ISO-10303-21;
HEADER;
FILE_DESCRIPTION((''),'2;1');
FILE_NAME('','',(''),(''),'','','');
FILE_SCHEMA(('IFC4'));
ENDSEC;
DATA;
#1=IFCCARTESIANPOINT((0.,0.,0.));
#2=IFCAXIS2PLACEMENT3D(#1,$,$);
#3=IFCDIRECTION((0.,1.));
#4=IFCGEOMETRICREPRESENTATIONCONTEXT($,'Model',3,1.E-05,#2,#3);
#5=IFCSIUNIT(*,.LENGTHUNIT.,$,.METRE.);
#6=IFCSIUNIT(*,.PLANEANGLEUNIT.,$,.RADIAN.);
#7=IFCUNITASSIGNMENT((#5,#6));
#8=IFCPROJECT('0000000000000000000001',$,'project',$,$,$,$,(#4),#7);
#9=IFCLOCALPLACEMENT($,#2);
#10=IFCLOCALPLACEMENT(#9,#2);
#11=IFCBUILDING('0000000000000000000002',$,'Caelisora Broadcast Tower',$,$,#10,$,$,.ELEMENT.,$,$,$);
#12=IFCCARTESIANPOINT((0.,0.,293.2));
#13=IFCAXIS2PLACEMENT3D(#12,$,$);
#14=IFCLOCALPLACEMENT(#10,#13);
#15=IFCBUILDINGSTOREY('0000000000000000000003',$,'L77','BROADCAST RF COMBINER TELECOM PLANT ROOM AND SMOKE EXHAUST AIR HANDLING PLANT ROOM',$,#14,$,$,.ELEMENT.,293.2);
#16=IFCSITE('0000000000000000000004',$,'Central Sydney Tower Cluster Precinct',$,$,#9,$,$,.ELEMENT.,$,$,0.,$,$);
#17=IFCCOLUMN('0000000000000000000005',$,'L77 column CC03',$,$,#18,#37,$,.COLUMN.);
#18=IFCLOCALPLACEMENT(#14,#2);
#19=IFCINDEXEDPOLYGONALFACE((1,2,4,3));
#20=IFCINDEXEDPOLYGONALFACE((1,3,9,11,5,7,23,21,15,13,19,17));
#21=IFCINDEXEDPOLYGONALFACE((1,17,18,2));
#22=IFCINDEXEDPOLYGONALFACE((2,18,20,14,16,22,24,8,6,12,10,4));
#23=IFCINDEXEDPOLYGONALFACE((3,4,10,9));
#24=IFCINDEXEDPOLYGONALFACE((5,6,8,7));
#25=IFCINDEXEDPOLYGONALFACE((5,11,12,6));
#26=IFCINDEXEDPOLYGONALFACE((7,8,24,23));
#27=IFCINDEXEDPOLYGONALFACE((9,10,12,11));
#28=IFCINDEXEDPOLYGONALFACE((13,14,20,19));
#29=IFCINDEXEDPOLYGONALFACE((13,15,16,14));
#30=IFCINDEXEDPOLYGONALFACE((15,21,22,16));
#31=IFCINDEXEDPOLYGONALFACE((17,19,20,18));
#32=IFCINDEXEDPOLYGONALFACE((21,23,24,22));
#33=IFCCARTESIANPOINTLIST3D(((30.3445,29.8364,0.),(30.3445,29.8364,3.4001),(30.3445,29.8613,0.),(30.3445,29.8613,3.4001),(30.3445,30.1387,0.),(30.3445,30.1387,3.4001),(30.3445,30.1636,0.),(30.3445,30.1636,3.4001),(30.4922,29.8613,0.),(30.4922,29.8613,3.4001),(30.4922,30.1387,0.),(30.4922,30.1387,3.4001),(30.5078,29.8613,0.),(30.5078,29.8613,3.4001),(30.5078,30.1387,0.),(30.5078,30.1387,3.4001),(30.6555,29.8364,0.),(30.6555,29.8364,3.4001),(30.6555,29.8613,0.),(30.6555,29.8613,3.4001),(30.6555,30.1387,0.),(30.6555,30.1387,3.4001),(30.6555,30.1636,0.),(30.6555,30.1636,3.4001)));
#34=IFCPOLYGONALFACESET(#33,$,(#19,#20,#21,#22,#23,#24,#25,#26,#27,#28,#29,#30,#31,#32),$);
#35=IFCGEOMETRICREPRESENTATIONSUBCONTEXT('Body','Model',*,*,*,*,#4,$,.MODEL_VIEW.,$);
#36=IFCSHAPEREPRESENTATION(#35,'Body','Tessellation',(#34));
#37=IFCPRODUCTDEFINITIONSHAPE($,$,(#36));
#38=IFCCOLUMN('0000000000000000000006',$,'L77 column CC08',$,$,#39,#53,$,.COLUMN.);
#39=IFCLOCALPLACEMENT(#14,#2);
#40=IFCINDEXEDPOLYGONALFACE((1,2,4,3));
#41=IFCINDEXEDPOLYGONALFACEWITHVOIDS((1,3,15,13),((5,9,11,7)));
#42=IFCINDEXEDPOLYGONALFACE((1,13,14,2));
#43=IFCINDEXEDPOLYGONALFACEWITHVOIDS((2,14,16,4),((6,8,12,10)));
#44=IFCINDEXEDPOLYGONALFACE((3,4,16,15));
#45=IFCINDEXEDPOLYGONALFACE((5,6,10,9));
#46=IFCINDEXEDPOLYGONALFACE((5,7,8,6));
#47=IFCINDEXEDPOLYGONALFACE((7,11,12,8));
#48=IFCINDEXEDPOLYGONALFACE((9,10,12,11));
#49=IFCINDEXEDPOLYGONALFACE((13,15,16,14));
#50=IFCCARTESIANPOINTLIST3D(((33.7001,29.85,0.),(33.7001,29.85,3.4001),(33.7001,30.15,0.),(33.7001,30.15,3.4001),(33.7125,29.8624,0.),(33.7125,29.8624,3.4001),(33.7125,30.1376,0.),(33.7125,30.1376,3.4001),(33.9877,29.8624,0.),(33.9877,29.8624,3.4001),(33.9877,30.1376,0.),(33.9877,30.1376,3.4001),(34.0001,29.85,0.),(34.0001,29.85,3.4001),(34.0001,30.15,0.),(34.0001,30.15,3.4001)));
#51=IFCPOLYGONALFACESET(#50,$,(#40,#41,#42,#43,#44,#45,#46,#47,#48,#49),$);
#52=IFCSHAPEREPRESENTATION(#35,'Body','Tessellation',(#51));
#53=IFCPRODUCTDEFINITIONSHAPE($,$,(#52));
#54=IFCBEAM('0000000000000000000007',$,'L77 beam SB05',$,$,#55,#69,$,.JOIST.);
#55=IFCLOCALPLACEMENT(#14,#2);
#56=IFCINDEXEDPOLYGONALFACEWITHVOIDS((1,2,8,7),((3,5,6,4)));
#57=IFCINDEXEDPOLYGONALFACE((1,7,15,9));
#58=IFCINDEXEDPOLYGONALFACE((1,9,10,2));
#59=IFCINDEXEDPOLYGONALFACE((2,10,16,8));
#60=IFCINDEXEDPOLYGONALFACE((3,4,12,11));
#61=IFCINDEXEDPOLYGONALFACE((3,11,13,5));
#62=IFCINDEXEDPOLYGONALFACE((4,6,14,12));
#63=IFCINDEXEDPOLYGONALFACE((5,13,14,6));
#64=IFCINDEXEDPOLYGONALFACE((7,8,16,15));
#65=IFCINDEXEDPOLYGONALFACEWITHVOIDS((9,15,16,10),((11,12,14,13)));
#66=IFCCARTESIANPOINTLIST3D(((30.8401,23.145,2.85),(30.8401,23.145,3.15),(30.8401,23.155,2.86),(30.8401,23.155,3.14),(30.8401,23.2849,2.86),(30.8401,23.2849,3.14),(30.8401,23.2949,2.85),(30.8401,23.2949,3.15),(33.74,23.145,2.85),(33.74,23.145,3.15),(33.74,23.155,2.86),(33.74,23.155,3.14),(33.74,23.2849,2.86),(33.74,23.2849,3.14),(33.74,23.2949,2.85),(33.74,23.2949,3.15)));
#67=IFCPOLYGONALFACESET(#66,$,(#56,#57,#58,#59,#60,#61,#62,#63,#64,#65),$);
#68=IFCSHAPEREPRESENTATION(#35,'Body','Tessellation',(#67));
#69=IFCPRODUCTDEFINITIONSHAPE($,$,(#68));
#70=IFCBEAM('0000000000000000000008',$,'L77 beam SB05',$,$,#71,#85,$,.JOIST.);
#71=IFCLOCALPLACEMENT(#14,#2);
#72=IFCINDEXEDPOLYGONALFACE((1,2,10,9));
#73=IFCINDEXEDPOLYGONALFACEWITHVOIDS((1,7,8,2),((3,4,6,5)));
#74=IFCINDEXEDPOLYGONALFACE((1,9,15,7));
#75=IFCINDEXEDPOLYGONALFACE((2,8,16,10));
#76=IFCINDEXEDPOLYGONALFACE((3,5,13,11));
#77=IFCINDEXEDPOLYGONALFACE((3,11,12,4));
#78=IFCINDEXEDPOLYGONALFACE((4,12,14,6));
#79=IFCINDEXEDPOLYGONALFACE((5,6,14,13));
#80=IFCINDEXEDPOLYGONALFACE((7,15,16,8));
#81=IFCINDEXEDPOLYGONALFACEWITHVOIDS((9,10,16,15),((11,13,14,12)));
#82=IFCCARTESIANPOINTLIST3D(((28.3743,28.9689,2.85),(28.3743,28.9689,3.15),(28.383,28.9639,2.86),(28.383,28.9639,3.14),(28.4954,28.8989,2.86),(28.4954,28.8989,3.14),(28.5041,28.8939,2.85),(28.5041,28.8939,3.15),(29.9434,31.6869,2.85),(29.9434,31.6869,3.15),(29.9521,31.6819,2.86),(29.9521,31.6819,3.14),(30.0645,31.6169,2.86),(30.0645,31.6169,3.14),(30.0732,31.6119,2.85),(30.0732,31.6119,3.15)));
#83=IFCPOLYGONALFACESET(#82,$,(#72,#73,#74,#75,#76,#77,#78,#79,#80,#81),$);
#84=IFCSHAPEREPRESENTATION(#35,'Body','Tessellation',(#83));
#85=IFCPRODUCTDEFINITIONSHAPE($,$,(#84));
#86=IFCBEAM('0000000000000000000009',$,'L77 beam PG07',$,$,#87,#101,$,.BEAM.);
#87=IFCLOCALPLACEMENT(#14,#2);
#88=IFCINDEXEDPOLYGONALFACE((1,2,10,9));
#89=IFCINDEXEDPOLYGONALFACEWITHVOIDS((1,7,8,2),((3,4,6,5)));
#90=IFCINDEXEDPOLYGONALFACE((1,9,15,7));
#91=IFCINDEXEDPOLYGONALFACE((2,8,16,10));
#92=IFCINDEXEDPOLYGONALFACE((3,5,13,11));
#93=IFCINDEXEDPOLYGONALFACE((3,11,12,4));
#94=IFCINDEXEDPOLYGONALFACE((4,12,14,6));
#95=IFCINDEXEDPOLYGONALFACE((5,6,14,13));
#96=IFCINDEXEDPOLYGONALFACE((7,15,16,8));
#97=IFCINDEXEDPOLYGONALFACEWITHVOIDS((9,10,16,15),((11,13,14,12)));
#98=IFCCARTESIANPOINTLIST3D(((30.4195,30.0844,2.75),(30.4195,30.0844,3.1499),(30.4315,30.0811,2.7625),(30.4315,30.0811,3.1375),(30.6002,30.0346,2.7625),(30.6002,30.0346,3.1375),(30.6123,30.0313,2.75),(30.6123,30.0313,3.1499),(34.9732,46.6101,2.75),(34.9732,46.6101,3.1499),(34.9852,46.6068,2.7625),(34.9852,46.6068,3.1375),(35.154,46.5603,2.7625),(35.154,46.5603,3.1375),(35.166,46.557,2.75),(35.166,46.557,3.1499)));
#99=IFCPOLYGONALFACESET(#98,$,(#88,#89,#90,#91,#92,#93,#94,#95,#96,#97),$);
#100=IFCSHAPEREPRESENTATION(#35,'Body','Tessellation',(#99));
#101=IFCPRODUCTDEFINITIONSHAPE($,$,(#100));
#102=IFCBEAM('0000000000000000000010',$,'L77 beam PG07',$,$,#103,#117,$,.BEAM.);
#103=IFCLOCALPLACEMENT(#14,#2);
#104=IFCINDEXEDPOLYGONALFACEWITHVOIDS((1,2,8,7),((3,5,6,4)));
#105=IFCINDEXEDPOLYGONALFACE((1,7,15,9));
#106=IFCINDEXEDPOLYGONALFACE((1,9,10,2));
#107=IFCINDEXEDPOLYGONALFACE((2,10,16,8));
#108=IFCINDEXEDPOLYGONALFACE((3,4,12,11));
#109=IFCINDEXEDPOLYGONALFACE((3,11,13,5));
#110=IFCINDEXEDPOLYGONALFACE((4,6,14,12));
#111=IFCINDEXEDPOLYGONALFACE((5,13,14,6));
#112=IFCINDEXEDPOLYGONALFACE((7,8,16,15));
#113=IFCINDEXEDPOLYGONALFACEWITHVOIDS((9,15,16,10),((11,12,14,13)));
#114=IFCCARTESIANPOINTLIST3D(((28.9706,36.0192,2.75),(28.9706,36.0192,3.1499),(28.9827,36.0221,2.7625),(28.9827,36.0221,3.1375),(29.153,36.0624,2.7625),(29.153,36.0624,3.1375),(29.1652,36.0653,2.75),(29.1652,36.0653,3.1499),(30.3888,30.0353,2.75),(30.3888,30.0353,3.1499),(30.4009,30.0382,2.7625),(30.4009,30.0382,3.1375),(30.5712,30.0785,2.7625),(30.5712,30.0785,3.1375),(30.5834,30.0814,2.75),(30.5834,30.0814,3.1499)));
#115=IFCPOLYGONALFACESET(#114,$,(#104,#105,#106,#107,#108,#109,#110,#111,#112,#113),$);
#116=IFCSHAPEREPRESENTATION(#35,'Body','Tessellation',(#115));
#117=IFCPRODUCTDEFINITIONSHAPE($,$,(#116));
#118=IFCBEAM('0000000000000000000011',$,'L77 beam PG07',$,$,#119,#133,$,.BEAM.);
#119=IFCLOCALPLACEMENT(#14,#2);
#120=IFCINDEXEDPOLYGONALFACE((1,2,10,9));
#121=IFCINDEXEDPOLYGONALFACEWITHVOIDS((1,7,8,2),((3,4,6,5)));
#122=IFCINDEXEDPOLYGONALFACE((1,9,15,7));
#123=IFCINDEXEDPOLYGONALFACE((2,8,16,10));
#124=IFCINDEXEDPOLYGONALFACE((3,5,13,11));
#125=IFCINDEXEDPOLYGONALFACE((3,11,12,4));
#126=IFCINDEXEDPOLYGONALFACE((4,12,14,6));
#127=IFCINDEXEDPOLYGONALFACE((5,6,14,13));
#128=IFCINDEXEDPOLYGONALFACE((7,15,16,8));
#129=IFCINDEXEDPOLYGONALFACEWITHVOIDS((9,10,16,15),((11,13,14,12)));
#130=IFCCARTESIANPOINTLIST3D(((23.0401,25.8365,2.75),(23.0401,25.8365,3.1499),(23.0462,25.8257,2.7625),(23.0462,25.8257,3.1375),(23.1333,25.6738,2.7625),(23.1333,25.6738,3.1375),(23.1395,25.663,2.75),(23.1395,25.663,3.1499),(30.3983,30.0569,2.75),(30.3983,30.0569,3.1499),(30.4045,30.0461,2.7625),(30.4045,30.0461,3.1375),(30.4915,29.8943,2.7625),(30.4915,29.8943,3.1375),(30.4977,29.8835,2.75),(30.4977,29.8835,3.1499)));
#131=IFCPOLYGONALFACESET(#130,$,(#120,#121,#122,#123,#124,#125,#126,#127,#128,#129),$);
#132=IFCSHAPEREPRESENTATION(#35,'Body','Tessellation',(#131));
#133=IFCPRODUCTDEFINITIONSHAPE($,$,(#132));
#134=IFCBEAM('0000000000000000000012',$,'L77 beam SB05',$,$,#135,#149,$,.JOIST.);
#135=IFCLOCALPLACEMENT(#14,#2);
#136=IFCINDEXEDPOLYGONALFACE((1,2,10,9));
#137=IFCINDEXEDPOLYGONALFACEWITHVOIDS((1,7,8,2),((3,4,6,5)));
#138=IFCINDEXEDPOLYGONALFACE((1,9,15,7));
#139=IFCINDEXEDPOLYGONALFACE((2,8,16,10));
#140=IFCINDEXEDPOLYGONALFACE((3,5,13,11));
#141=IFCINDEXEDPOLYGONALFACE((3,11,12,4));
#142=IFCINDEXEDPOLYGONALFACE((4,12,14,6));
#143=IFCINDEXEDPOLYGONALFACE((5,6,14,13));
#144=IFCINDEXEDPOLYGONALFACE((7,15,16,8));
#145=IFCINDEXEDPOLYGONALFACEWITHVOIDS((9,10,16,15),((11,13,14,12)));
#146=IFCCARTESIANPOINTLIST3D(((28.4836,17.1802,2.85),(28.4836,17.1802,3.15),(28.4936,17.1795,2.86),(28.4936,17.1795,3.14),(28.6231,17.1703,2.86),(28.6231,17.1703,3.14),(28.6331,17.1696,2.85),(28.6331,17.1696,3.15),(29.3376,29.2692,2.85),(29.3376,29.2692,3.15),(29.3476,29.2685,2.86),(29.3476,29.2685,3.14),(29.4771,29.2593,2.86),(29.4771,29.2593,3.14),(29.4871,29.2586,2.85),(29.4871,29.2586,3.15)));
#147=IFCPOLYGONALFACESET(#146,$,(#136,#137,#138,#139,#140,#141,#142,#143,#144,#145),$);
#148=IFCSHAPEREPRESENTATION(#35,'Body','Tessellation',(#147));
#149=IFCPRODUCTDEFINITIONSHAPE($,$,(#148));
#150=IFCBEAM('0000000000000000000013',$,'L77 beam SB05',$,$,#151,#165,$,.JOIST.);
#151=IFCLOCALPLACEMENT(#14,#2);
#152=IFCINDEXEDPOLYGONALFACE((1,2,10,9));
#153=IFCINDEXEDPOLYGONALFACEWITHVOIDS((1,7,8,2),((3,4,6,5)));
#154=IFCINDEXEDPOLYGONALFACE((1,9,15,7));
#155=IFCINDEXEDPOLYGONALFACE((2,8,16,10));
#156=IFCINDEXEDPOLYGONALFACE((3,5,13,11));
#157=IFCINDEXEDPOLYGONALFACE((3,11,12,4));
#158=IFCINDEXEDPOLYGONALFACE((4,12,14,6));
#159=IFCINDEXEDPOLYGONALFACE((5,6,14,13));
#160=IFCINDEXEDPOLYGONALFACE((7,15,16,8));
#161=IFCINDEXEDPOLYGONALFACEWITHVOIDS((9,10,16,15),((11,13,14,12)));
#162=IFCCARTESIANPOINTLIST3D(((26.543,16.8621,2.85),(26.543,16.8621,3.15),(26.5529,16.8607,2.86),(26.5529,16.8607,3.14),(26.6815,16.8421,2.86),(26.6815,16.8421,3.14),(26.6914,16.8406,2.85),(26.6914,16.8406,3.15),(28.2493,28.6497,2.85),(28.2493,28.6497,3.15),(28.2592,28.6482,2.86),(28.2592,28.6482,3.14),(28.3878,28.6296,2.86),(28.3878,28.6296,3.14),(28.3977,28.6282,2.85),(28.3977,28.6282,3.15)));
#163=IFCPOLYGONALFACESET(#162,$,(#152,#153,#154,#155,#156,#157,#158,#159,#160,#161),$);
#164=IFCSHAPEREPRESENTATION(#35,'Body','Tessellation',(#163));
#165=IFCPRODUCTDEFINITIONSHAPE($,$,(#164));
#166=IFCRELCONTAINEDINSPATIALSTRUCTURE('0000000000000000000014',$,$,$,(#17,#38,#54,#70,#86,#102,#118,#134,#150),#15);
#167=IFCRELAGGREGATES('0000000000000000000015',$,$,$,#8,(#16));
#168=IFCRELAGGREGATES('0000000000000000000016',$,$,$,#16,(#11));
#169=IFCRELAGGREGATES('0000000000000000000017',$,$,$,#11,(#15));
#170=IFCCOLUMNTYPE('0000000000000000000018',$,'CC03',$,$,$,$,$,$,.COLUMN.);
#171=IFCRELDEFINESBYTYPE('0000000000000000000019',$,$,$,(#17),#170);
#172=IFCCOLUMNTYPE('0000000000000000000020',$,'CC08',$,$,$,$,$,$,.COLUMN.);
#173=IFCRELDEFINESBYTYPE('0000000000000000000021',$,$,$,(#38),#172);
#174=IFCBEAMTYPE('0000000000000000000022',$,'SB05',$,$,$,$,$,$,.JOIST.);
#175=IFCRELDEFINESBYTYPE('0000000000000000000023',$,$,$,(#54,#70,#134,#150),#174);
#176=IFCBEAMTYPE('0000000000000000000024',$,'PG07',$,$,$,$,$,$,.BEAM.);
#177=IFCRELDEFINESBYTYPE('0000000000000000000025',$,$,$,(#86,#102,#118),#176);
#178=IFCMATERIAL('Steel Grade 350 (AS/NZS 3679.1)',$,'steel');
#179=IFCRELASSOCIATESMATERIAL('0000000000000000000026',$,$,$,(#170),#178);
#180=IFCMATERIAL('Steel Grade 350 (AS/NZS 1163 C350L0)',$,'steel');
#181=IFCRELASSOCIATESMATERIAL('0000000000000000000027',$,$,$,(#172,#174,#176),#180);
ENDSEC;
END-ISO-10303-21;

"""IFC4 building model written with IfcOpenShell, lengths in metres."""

from ifc_helpers import new_model, si_unit, direction, frame, origin, origin_2d, place, context, subcontext, project, spatial, hollow_rectangle, i_section, extrude, source, transform, mapped, material, material_profile, profile_set, type_object, type_shapes, element, save


model = new_model("IFC4")

# Units and contexts
model_context = context("Model", 3, precision=1e-05, world=origin(), true_north=direction((0.0, 1.0)))
body_context = subcontext(model_context, "Body", "Model", "MODEL_VIEW")
ifc_project = project(units=[si_unit("LENGTHUNIT", "METRE"), si_unit("PLANEANGLEUNIT", "RADIAN")], contexts=[model_context])

# Site, building, storey
site_placement = place(None, origin())
site = spatial("IfcSite", under=ifc_project, at=site_placement, Name="Central Sydney Tower Cluster Precinct", CompositionType="ELEMENT", RefElevation=0.0)
building_placement = place(site_placement, origin())
building = spatial("IfcBuilding", under=site, at=building_placement, Name="Caelisora Broadcast Tower", CompositionType="ELEMENT")
storey_placement = place(building_placement, frame((0.0, 0.0, 293.2)))
storey = spatial("IfcBuildingStorey", under=building, at=storey_placement, Name="L77", Description="BROADCAST RF COMBINER TELECOM PLANT ROOM AND SMOKE EXHAUST AIR HANDLING PLANT ROOM", CompositionType="ELEMENT", Elevation=293.2)

# Columns
ifc_material_1 = material(Name="Steel Grade 350 (AS/NZS 3679.1)", Category="steel")
ifc_material_profile_1 = material_profile(ifc_material_1, i_section(OverallWidth=0.311, OverallDepth=0.3271, WebThickness=0.0156, FlangeThickness=0.0249, at=origin_2d()), Name="Steel Grade 350 (AS/NZS 3679.1)")
ifc_profile_set_1 = profile_set([ifc_material_profile_1], Name="Steel Grade 350 (AS/NZS 3679.1)")
column_type_1 = type_object("IfcColumnType", Name="CC03", PredefinedType="COLUMN", material=ifc_profile_set_1)
shared_shape_1 = source(origin(), body_context, "Body", "SweptSolid", [
    extrude(i_section(OverallWidth=0.311, OverallDepth=0.3271, WebThickness=0.0156, FlangeThickness=0.0249, at=origin_2d()), origin(), (0.0, 0.0, 1.0), 3.4001),
])
type_shapes(column_type_1, [shared_shape_1])
column_1_placement = place(storey_placement, frame((30.5, 30.0, 0.0), z_axis=(0.0, 0.0, 1.0), x_axis=(1.0, 0.0, 0.0)))
element("IfcColumn", 1, at=column_1_placement, inside=storey, type_object=column_type_1, Name="L77 column CC03", PredefinedType="COLUMN", context=body_context, shape_type="MappedRepresentation", body=[
    mapped(shared_shape_1, transform((0.0, 0.0, 0.0), scale=1.0)),
])
ifc_material_2 = material(Name="Steel Grade 350 (AS/NZS 1163 C350L0)", Category="steel")
ifc_material_profile_2 = material_profile(ifc_material_2, hollow_rectangle(XDim=0.3, YDim=0.3, WallThickness=0.0125, at=origin_2d()), Name="Steel Grade 350 (AS/NZS 1163 C350L0)")
ifc_profile_set_2 = profile_set([ifc_material_profile_2], Name="Steel Grade 350 (AS/NZS 1163 C350L0)")
column_type_2 = type_object("IfcColumnType", Name="CC08", PredefinedType="COLUMN", material=ifc_profile_set_2)
shared_shape_2 = source(origin(), body_context, "Body", "SweptSolid", [
    extrude(hollow_rectangle(XDim=0.3, YDim=0.3, WallThickness=0.0125, at=origin_2d()), origin(), (0.0, 0.0, 1.0), 3.4001),
])
type_shapes(column_type_2, [shared_shape_2])
column_2_placement = place(storey_placement, frame((33.8501, 30.0, 0.0), z_axis=(0.0, 0.0, 1.0), x_axis=(1.0, 0.0, 0.0)))
element("IfcColumn", 2, at=column_2_placement, inside=storey, type_object=column_type_2, Name="L77 column CC08", PredefinedType="COLUMN", context=body_context, shape_type="MappedRepresentation", body=[
    mapped(shared_shape_2, transform((0.0, 0.0, 0.0), scale=1.0)),
])

# Beams
ifc_material_profile_3 = material_profile(ifc_material_2, hollow_rectangle(XDim=0.1499, YDim=0.3, WallThickness=0.01, at=origin_2d()), Name="Steel Grade 350 (AS/NZS 1163 C350L0)")
ifc_profile_set_3 = profile_set([ifc_material_profile_3], Name="Steel Grade 350 (AS/NZS 1163 C350L0)")
beam_type_1 = type_object("IfcBeamType", Name="SB05", PredefinedType="JOIST", material=ifc_profile_set_3)
shared_shape_3 = source(origin(), body_context, "Body", "SweptSolid", [
    extrude(hollow_rectangle(XDim=0.1499, YDim=0.3, WallThickness=0.01, at=origin_2d()), origin(), (0.0, 0.0, 1.0), 2.8999),
])
beam_1_placement = place(storey_placement, frame((30.8401, 23.22, 3.0), z_axis=(1.0, 0.0, 0.0), x_axis=(0.0, 1.0, 0.0)))
element("IfcBeam", 3, at=beam_1_placement, inside=storey, type_object=beam_type_1, Name="L77 beam SB05", PredefinedType="JOIST", context=body_context, shape_type="MappedRepresentation", body=[
    mapped(shared_shape_3, transform((0.0, 0.0, 0.0), scale=1.0)),
])
shared_shape_4 = source(origin(), body_context, "Body", "SweptSolid", [
    extrude(hollow_rectangle(XDim=0.1499, YDim=0.3, WallThickness=0.01, at=origin_2d()), origin(), (0.0, 0.0, 1.0), 3.1384),
])
beam_2_placement = place(storey_placement, frame((30.0083, 31.6494, 3.0), z_axis=(-0.499963, -0.866047, 0.0), x_axis=(0.866047, -0.499963, 0.0)))
element("IfcBeam", 4, at=beam_2_placement, inside=storey, type_object=beam_type_1, Name="L77 beam SB05", PredefinedType="JOIST", context=body_context, shape_type="MappedRepresentation", body=[
    mapped(shared_shape_4, transform((0.0, 0.0, 0.0), scale=1.0)),
])
ifc_material_profile_4 = material_profile(ifc_material_2, hollow_rectangle(XDim=0.2, YDim=0.3999, WallThickness=0.0125, at=origin_2d()), Name="Steel Grade 350 (AS/NZS 1163 C350L0)")
ifc_profile_set_4 = profile_set([ifc_material_profile_4], Name="Steel Grade 350 (AS/NZS 1163 C350L0)")
beam_type_2 = type_object("IfcBeamType", Name="PG07", PredefinedType="BEAM", material=ifc_profile_set_4)
shared_shape_5 = source(origin(), body_context, "Body", "SweptSolid", [
    extrude(hollow_rectangle(XDim=0.2, YDim=0.3999, WallThickness=0.0125, at=origin_2d()), origin(), (0.0, 0.0, 1.0), 17.1416),
])
beam_3_placement = place(storey_placement, frame((30.5159, 30.0579, 2.95), z_axis=(0.265653, 0.964069, 0.0), x_axis=(-0.964069, 0.265653, 0.0)))
element("IfcBeam", 5, at=beam_3_placement, inside=storey, type_object=beam_type_2, Name="L77 beam PG07", PredefinedType="BEAM", context=body_context, shape_type="MappedRepresentation", body=[
    mapped(shared_shape_5, transform((0.0, 0.0, 0.0), scale=1.0)),
])
shared_shape_6 = source(origin(), body_context, "Body", "SweptSolid", [
    extrude(hollow_rectangle(XDim=0.2, YDim=0.3999, WallThickness=0.0125, at=origin_2d()), origin(), (0.0, 0.0, 1.0), 6.1497),
])
beam_4_placement = place(storey_placement, frame((30.4861, 30.0583, 2.95), z_axis=(-0.230617, 0.973045, 0.0), x_axis=(-0.973045, -0.230617, 0.0)))
element("IfcBeam", 6, at=beam_4_placement, inside=storey, type_object=beam_type_2, Name="L77 beam PG07", PredefinedType="BEAM", context=body_context, shape_type="MappedRepresentation", body=[
    mapped(shared_shape_6, transform((0.0, 0.0, 0.0), scale=1.0)),
])
shared_shape_7 = source(origin(), body_context, "Body", "SweptSolid", [
    extrude(hollow_rectangle(XDim=0.2, YDim=0.3999, WallThickness=0.0125, at=origin_2d()), origin(), (0.0, 0.0, 1.0), 8.4827),
])
type_shapes(beam_type_2, [shared_shape_5, shared_shape_6, shared_shape_7])
beam_5_placement = place(storey_placement, frame((30.448, 29.9702, 2.95), z_axis=(-0.86744, -0.497542, 0.0), x_axis=(0.497542, -0.86744, 0.0)))
element("IfcBeam", 7, at=beam_5_placement, inside=storey, type_object=beam_type_2, Name="L77 beam PG07", PredefinedType="BEAM", context=body_context, shape_type="MappedRepresentation", body=[
    mapped(shared_shape_7, transform((0.0, 0.0, 0.0), scale=1.0)),
])
shared_shape_8 = source(origin(), body_context, "Body", "SweptSolid", [
    extrude(hollow_rectangle(XDim=0.1499, YDim=0.3, WallThickness=0.01, at=origin_2d()), origin(), (0.0, 0.0, 1.0), 12.1191),
])
beam_6_placement = place(storey_placement, frame((29.4124, 29.2639, 3.0), z_axis=(-0.070467, -0.997514, 0.0), x_axis=(0.997514, -0.070467, 0.0)))
element("IfcBeam", 8, at=beam_6_placement, inside=storey, type_object=beam_type_1, Name="L77 beam SB05", PredefinedType="JOIST", context=body_context, shape_type="MappedRepresentation", body=[
    mapped(shared_shape_8, transform((0.0, 0.0, 0.0), scale=1.0)),
])
shared_shape_9 = source(origin(), body_context, "Body", "SweptSolid", [
    extrude(hollow_rectangle(XDim=0.1499, YDim=0.3, WallThickness=0.01, at=origin_2d()), origin(), (0.0, 0.0, 1.0), 11.9104),
])
type_shapes(beam_type_1, [shared_shape_3, shared_shape_4, shared_shape_8, shared_shape_9])
beam_7_placement = place(storey_placement, frame((28.3235, 28.6389, 3.0), z_axis=(-0.143261, -0.989685, 0.0), x_axis=(0.989685, -0.143261, 0.0)))
element("IfcBeam", 9, at=beam_7_placement, inside=storey, type_object=beam_type_1, Name="L77 beam SB05", PredefinedType="JOIST", context=body_context, shape_type="MappedRepresentation", body=[
    mapped(shared_shape_9, transform((0.0, 0.0, 0.0), scale=1.0)),
])

save(model, "model.ifc")
